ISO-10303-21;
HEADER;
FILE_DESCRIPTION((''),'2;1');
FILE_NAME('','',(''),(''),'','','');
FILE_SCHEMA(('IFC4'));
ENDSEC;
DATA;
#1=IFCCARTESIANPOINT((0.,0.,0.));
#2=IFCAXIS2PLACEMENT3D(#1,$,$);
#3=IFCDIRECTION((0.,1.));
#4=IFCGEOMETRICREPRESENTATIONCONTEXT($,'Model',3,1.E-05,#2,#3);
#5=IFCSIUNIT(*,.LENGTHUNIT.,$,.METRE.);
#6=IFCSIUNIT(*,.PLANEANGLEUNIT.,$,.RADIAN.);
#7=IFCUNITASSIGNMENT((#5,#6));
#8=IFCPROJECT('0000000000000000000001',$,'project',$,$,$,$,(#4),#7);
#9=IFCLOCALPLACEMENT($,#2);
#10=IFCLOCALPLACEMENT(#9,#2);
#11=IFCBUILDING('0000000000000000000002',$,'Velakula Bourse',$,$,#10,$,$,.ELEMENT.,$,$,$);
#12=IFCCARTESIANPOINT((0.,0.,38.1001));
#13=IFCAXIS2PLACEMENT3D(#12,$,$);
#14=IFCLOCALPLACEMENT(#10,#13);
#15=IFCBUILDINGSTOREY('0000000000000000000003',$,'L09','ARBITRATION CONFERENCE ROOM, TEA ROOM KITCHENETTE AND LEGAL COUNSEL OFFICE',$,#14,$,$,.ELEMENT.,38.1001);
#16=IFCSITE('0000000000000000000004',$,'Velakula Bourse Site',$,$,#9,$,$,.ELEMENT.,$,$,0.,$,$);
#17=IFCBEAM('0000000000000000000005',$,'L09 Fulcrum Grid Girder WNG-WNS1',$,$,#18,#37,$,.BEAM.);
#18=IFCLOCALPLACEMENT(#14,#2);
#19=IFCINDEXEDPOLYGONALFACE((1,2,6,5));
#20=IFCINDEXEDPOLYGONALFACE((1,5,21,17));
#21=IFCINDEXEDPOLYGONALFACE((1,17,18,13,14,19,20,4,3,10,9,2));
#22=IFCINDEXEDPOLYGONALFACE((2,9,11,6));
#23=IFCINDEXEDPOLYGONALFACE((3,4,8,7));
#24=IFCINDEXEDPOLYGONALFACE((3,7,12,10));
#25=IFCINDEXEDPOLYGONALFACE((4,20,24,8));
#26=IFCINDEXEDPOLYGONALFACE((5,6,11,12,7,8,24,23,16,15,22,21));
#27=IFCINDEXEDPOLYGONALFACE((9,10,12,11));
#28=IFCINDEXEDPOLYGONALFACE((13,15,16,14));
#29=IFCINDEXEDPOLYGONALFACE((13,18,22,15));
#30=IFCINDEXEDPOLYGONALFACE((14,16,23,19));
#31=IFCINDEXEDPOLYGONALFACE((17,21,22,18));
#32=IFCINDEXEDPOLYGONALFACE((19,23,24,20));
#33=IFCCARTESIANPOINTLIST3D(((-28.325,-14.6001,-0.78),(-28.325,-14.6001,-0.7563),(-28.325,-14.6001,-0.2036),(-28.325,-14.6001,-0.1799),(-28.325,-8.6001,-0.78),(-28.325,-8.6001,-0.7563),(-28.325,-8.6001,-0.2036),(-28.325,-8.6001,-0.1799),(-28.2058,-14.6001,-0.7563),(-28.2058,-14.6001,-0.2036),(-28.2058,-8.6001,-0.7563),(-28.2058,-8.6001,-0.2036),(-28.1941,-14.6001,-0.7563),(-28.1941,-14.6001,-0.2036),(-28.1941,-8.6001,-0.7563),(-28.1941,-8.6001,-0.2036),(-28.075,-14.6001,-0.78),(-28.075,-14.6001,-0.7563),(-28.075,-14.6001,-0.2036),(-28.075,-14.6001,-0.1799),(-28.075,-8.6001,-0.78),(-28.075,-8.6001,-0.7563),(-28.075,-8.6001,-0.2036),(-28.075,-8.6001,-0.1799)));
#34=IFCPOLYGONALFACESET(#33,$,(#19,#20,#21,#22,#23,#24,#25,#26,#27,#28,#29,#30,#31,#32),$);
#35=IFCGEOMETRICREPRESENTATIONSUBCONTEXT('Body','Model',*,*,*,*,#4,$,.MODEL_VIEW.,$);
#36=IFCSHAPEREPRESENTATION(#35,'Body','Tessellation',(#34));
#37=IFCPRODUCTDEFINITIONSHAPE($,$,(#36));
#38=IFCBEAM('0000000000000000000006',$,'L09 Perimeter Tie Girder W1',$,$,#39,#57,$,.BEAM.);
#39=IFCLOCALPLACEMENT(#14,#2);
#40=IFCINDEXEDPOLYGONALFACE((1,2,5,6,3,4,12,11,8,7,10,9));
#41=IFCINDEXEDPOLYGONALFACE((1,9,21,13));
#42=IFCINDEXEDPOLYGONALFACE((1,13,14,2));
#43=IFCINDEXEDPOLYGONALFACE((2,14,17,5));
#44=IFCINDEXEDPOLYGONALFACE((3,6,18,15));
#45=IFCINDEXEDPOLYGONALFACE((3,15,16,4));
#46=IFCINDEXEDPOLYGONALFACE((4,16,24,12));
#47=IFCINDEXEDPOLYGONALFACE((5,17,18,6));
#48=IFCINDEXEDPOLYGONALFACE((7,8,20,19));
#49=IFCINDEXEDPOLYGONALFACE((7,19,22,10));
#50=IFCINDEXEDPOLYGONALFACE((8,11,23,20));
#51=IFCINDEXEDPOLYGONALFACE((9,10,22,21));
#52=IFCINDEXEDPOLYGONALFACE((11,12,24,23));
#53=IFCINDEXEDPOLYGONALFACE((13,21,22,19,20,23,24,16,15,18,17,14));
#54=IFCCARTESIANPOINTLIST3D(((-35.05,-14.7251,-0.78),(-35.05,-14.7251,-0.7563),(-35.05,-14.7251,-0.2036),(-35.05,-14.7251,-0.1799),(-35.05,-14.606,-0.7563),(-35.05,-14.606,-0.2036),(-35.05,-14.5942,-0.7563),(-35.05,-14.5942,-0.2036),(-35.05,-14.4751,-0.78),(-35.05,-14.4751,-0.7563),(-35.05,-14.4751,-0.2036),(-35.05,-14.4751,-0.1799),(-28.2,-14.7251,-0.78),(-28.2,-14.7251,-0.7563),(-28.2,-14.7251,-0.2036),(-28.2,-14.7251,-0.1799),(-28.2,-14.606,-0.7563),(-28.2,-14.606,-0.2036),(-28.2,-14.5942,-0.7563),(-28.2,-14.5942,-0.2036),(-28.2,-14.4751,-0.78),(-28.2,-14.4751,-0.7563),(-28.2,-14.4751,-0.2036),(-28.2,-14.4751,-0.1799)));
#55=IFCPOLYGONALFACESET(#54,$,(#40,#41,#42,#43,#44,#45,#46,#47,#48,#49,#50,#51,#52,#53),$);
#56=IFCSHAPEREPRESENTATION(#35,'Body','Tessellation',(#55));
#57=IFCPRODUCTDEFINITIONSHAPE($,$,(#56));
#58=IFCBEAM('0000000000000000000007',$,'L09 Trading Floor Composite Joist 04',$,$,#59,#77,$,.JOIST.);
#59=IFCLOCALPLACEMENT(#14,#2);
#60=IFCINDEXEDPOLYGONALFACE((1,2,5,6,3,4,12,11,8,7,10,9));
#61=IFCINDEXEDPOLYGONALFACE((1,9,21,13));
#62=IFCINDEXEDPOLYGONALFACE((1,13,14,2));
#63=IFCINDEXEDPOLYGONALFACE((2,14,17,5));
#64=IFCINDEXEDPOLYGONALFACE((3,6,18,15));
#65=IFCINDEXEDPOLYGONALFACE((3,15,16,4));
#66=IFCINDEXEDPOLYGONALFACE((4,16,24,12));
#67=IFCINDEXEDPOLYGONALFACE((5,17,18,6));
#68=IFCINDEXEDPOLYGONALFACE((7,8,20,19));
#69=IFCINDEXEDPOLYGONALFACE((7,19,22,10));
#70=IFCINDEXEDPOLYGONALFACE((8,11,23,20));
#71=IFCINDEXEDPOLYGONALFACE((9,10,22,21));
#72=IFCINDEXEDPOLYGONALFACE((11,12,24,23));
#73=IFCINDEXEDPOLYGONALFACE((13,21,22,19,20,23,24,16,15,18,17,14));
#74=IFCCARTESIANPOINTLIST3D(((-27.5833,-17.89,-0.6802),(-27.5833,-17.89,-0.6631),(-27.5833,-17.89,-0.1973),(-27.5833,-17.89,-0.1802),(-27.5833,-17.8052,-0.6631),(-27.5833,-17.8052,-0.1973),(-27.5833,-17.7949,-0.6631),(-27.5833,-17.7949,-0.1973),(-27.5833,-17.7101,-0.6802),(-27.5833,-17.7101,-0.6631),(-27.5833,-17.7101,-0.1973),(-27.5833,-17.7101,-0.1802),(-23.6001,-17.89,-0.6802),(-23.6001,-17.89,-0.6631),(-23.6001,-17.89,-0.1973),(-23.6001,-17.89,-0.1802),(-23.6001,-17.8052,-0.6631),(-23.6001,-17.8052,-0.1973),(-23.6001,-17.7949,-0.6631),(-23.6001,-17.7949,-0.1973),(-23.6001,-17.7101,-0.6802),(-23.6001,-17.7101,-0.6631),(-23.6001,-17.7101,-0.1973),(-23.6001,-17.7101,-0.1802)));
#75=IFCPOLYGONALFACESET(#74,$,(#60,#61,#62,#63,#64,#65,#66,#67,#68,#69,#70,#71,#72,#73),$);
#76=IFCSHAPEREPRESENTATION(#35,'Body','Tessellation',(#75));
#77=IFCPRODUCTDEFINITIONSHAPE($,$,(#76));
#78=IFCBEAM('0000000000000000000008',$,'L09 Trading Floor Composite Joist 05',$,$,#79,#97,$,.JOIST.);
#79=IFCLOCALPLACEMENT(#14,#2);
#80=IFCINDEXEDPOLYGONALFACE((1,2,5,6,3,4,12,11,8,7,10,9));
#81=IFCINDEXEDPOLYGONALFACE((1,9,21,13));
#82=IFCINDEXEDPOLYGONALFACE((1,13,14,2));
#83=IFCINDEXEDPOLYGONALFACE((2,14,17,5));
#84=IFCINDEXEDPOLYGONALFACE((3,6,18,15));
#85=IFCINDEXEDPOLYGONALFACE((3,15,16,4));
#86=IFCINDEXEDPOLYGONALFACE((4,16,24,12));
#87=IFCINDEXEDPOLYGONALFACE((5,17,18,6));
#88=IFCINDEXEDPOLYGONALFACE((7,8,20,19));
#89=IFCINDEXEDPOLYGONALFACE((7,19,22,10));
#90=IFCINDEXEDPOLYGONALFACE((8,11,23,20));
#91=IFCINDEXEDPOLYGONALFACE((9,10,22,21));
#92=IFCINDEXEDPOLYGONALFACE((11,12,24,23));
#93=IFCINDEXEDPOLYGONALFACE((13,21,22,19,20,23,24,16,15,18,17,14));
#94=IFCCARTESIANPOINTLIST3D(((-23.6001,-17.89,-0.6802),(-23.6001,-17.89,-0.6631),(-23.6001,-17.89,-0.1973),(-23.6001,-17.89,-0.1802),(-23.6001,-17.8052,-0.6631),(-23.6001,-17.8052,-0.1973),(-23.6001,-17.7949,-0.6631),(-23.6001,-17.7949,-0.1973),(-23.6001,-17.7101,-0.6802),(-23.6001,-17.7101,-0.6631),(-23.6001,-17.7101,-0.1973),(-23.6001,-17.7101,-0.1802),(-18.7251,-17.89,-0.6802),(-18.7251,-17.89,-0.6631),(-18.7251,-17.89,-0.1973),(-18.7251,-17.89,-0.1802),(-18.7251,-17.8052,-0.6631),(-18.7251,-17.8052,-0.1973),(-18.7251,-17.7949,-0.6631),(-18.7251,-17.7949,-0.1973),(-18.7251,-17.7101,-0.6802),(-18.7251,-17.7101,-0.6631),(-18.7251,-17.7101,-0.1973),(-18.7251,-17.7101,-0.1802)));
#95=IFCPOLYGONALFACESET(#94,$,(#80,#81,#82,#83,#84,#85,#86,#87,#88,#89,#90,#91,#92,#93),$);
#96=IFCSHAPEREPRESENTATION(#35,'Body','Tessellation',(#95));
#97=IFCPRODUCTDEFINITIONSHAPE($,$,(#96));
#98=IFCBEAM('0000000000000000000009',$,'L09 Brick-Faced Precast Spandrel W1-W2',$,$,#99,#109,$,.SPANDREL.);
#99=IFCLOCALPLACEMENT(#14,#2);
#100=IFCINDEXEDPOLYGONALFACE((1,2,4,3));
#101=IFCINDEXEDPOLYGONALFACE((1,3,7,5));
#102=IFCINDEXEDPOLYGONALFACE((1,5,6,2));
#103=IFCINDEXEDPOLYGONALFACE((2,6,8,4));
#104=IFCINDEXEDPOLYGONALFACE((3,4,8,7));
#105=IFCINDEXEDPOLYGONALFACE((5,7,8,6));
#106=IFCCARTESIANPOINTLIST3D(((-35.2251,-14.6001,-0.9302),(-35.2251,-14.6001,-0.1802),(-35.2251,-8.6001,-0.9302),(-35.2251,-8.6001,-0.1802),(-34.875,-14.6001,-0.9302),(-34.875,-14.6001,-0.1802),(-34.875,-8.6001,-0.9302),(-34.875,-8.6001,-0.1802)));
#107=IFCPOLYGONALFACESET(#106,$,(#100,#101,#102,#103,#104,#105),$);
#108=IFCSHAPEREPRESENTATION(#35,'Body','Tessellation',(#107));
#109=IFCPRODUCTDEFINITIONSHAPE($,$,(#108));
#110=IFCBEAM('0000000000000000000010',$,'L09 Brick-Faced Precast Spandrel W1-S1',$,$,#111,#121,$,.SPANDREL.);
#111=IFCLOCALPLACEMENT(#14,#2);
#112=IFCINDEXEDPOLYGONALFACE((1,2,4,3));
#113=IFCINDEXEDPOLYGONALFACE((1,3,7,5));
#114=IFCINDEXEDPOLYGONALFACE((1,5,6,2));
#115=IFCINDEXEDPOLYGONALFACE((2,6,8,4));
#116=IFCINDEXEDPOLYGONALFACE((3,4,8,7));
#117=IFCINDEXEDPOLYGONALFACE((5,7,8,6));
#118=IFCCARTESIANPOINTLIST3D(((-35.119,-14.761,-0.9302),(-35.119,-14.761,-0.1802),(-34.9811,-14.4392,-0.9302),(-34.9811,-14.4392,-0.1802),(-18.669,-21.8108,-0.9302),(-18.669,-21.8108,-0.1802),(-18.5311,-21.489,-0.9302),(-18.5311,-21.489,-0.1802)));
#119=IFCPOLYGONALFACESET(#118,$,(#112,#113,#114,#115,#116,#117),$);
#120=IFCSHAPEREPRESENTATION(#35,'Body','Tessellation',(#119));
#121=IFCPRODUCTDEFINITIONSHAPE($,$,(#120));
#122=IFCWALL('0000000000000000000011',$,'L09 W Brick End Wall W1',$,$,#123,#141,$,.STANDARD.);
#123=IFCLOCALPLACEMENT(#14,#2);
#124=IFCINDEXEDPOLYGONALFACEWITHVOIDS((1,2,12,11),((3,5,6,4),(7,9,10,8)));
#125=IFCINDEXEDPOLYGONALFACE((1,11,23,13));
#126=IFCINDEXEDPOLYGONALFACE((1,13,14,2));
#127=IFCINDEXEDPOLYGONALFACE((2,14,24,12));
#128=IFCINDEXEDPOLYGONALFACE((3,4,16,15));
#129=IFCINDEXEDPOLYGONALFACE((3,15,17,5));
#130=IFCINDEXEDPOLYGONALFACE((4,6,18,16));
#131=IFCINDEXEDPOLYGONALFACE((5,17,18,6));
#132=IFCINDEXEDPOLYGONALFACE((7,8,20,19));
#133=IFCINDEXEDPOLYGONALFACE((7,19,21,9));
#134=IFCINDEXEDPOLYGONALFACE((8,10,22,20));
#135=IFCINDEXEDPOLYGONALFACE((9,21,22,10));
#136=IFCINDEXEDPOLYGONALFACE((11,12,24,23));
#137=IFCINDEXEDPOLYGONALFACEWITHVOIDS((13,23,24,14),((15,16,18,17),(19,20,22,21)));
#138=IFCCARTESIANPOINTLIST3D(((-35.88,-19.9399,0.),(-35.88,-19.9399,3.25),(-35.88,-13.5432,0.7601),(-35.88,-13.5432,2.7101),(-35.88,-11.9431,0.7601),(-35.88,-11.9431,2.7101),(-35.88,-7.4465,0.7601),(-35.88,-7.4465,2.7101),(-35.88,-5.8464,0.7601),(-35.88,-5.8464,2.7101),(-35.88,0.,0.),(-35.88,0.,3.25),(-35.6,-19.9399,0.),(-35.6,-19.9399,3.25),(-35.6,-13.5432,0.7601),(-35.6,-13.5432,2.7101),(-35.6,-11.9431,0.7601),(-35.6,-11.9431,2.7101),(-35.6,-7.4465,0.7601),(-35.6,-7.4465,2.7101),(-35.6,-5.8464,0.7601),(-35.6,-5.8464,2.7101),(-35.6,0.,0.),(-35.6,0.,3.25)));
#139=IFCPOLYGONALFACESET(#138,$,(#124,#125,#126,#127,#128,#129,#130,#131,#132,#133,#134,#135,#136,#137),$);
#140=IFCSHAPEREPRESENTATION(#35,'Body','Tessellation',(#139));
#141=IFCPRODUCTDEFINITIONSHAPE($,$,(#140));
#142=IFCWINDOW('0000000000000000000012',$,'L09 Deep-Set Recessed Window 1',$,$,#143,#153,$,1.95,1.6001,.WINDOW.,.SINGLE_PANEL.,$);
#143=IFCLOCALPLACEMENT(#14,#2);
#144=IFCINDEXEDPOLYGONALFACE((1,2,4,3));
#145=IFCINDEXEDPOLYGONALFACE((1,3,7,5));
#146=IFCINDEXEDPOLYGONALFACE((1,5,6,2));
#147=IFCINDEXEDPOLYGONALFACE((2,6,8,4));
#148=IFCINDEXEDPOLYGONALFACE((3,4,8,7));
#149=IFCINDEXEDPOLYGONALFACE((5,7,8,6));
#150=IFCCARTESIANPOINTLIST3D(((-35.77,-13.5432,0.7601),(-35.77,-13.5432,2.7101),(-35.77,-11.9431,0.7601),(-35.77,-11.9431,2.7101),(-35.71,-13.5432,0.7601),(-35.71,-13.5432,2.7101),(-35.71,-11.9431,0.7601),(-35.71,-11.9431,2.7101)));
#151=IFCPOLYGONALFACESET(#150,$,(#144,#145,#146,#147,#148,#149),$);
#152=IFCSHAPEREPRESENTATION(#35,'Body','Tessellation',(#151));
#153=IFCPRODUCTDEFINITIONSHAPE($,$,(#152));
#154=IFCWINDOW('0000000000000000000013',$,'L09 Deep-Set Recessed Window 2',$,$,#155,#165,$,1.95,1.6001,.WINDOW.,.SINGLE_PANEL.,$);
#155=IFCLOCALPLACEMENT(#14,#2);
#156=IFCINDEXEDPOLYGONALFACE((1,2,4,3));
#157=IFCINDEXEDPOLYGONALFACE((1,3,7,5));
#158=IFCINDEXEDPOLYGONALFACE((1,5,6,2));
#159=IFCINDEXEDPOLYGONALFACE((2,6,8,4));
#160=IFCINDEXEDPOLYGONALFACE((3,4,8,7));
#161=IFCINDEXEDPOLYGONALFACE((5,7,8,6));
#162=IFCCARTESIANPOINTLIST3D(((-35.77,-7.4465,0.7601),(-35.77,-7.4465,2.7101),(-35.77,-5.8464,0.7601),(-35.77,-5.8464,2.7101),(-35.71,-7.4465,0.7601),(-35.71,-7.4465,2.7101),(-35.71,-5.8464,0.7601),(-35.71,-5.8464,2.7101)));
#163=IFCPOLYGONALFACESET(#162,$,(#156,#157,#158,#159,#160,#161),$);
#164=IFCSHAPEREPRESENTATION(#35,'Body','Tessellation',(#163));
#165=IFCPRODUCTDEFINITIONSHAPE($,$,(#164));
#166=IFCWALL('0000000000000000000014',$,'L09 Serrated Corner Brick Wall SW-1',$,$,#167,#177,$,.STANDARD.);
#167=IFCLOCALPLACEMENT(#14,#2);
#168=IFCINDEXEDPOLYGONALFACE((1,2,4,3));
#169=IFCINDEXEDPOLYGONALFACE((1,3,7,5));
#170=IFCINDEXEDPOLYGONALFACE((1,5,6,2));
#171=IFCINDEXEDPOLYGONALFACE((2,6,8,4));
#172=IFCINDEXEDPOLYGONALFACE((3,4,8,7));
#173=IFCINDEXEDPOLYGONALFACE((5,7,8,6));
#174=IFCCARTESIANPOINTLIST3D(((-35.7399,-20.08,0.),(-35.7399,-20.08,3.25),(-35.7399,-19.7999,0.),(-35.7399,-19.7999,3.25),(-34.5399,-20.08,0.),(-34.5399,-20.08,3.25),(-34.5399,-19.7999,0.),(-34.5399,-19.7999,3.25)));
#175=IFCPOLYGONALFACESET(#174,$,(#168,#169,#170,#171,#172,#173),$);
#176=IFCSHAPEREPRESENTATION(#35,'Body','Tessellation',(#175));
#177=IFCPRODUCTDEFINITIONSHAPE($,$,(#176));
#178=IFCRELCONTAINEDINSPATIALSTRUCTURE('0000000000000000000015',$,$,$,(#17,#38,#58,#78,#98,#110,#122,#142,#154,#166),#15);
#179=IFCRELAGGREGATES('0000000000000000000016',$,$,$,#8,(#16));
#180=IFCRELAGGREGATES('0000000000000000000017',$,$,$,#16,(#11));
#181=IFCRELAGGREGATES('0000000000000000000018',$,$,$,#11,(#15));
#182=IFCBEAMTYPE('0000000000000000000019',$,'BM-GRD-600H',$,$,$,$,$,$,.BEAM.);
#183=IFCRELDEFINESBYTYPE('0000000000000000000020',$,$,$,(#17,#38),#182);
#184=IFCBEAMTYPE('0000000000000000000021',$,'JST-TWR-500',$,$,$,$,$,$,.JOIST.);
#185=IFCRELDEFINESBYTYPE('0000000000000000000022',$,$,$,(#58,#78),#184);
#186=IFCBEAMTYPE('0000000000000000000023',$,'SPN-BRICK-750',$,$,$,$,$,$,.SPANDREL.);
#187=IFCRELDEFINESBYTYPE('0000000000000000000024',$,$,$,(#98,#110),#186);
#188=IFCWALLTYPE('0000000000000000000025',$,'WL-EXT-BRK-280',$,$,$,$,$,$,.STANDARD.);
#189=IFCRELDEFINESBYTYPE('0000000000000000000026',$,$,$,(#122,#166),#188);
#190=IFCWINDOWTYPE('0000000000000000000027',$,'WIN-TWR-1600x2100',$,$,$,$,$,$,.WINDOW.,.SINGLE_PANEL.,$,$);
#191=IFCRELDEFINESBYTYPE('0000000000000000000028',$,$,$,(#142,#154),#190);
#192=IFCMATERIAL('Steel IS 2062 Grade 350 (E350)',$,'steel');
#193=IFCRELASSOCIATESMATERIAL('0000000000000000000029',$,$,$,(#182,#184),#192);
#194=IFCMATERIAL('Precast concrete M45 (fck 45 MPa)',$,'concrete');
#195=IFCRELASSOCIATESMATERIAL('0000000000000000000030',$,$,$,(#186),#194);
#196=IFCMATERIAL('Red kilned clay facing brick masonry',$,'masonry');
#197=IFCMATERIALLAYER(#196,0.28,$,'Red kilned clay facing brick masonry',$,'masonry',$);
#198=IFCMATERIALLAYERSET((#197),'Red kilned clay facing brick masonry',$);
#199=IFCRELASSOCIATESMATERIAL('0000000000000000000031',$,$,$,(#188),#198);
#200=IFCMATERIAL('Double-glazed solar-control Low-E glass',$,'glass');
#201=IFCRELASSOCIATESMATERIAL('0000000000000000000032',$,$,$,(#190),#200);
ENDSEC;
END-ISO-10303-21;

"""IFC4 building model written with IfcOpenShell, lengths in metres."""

from ifc_helpers import new_model, si_unit, direction, frame, frame_2d, origin, origin_2d, place, context, subcontext, project, spatial, rectangle, i_section, extrude, material, layer, layer_set, material_profile, profile_set, type_object, element, fill, save


model = new_model("IFC4")

# Units and contexts
model_context = context("Model", 3, precision=1e-05, world=origin(), true_north=direction((0.0, 1.0)))
body_context = subcontext(model_context, "Body", "Model", "MODEL_VIEW")
ifc_project = project(units=[si_unit("LENGTHUNIT", "METRE"), si_unit("PLANEANGLEUNIT", "RADIAN")], contexts=[model_context])

# Site, building, storey
site_placement = place(None, origin())
site = spatial("IfcSite", under=ifc_project, at=site_placement, Name="Velakula Bourse Site", CompositionType="ELEMENT", RefElevation=0.0)
building_placement = place(site_placement, origin())
building = spatial("IfcBuilding", under=site, at=building_placement, Name="Velakula Bourse", CompositionType="ELEMENT")
storey_placement = place(building_placement, frame((0.0, 0.0, 38.1001)))
storey = spatial("IfcBuildingStorey", under=building, at=storey_placement, Name="L09", Description="ARBITRATION CONFERENCE ROOM, TEA ROOM KITCHENETTE AND LEGAL COUNSEL OFFICE", CompositionType="ELEMENT", Elevation=38.1001)

# Shared definitions
ifc_material_1 = material(Name="Precast concrete M45 (fck 45 MPa)", Category="concrete")

# Beams
ifc_material_2 = material(Name="Steel IS 2062 Grade 350 (E350)", Category="steel")
ifc_material_profile_1 = material_profile(ifc_material_2, i_section(OverallWidth=0.25, OverallDepth=0.6001, WebThickness=0.0117, FlangeThickness=0.0237, at=origin_2d()), Name="Steel IS 2062 Grade 350 (E350)")
ifc_profile_set_1 = profile_set([ifc_material_profile_1], Name="Steel IS 2062 Grade 350 (E350)")
beam_type_1 = type_object("IfcBeamType", Name="BM-GRD-600H", PredefinedType="BEAM", material=ifc_profile_set_1)
beam_1_placement = place(storey_placement, frame((-28.2, -14.6001, -0.48), z_axis=(0.0, 1.0, 0.0), x_axis=(-1.0, 0.0, 0.0)))
element("IfcBeam", 1, at=beam_1_placement, inside=storey, type_object=beam_type_1, Name="L09 Fulcrum Grid Girder WNG-WNS1", PredefinedType="BEAM", context=body_context, shape_type="SweptSolid", body=[
    extrude(i_section(OverallWidth=0.25, OverallDepth=0.6001, WebThickness=0.0117, FlangeThickness=0.0237, at=origin_2d()), origin(), (0.0, 0.0, 1.0), 6.0),
])
beam_2_placement = place(storey_placement, frame((-28.2, -14.6001, -0.48), z_axis=(-1.0, 0.0, 0.0), x_axis=(0.0, -1.0, 0.0)))
element("IfcBeam", 2, at=beam_2_placement, inside=storey, type_object=beam_type_1, Name="L09 Perimeter Tie Girder W1", PredefinedType="BEAM", context=body_context, shape_type="SweptSolid", body=[
    extrude(i_section(OverallWidth=0.25, OverallDepth=0.6001, WebThickness=0.0117, FlangeThickness=0.0237, at=origin_2d()), origin(), (0.0, 0.0, 1.0), 6.8501),
])
ifc_material_profile_2 = material_profile(ifc_material_2, i_section(OverallWidth=0.1799, OverallDepth=0.5, WebThickness=0.0103, FlangeThickness=0.0171, at=origin_2d()), Name="Steel IS 2062 Grade 350 (E350)")
ifc_profile_set_2 = profile_set([ifc_material_profile_2], Name="Steel IS 2062 Grade 350 (E350)")
beam_type_2 = type_object("IfcBeamType", Name="JST-TWR-500", PredefinedType="JOIST", material=ifc_profile_set_2)
beam_3_placement = place(storey_placement, frame((-27.5833, -17.8, -0.4302), z_axis=(1.0, 0.0, 0.0), x_axis=(0.0, 1.0, 0.0)))
element("IfcBeam", 3, at=beam_3_placement, inside=storey, type_object=beam_type_2, Name="L09 Trading Floor Composite Joist 04", PredefinedType="JOIST", context=body_context, shape_type="SweptSolid", body=[
    extrude(i_section(OverallWidth=0.1799, OverallDepth=0.5, WebThickness=0.0103, FlangeThickness=0.0171, at=origin_2d()), origin(), (0.0, 0.0, 1.0), 3.9832),
])
beam_4_placement = place(storey_placement, frame((-23.6001, -17.8, -0.4302), z_axis=(1.0, 0.0, 0.0), x_axis=(0.0, 1.0, 0.0)))
element("IfcBeam", 4, at=beam_4_placement, inside=storey, type_object=beam_type_2, Name="L09 Trading Floor Composite Joist 05", PredefinedType="JOIST", context=body_context, shape_type="SweptSolid", body=[
    extrude(i_section(OverallWidth=0.1799, OverallDepth=0.5, WebThickness=0.0103, FlangeThickness=0.0171, at=origin_2d()), origin(), (0.0, 0.0, 1.0), 4.875),
])
ifc_material_profile_3 = material_profile(ifc_material_1, rectangle(XDim=0.3501, YDim=0.75, at=origin_2d()), Name="Precast concrete M45 (fck 45 MPa)")
ifc_profile_set_3 = profile_set([ifc_material_profile_3], Name="Precast concrete M45 (fck 45 MPa)")
beam_type_3 = type_object("IfcBeamType", Name="SPN-BRICK-750", PredefinedType="SPANDREL", material=ifc_profile_set_3)
beam_5_placement = place(storey_placement, frame((-35.05, -14.6001, -0.5552), z_axis=(0.0, 1.0, 0.0), x_axis=(-1.0, 0.0, 0.0)))
element("IfcBeam", 5, at=beam_5_placement, inside=storey, type_object=beam_type_3, Name="L09 Brick-Faced Precast Spandrel W1-W2", PredefinedType="SPANDREL", context=body_context, shape_type="SweptSolid", body=[
    extrude(rectangle(XDim=0.3501, YDim=0.75, at=origin_2d()), origin(), (0.0, 0.0, 1.0), 6.0),
])
beam_6_placement = place(storey_placement, frame((-35.05, -14.6001, -0.5552), z_axis=(0.919149, -0.393911, 0.0), x_axis=(0.393911, 0.919149, 0.0)))
element("IfcBeam", 6, at=beam_6_placement, inside=storey, type_object=beam_type_3, Name="L09 Brick-Faced Precast Spandrel W1-S1", PredefinedType="SPANDREL", context=body_context, shape_type="SweptSolid", body=[
    extrude(rectangle(XDim=0.3501, YDim=0.75, at=origin_2d()), origin(), (0.0, 0.0, 1.0), 17.897),
])

# Wall, openings, windows
ifc_material_3 = material(Name="Red kilned clay facing brick masonry", Category="masonry")
ifc_layer_1 = layer(ifc_material_3, 0.28, Name="Red kilned clay facing brick masonry", Category="masonry")
ifc_layer_set_1 = layer_set([ifc_layer_1], Name="Red kilned clay facing brick masonry")
wall_type_1 = type_object("IfcWallType", Name="WL-EXT-BRK-280", PredefinedType="STANDARD", material=ifc_layer_set_1)
wall_1_placement = place(storey_placement, frame((-35.74, -19.9399, 0.0), z_axis=(0.0, 0.0, 1.0), x_axis=(0.0, 1.0, 0.0)))
wall_1 = element("IfcWall", 7, at=wall_1_placement, inside=storey, type_object=wall_type_1, Name="L09 W Brick End Wall W1", PredefinedType="STANDARD", context=body_context, shape_type="SweptSolid", body=[
    extrude(rectangle(XDim=19.9399, YDim=0.28, at=frame_2d((9.97, 0.0))), origin(), (0.0, 0.0, 1.0), 3.25),
])
opening_1_placement = place(wall_1_placement, frame((6.3967, 0.0, 0.76)))
opening_1 = element("IfcOpeningElement", 8, at=opening_1_placement, cuts=wall_1, PredefinedType="OPENING", context=body_context, shape_type="SweptSolid", body=[
    extrude(rectangle(XDim=1.6001, YDim=1.95, at=frame_2d((0.8, 0.9751))), frame((0.0, 0.1499, 0.0), z_axis=(0.0, -1.0, 0.0), x_axis=(1.0, 0.0, 0.0)), (0.0, 0.0, 1.0), 0.3),
])
opening_2_placement = place(wall_1_placement, frame((12.4934, 0.0, 0.76)))
opening_2 = element("IfcOpeningElement", 9, at=opening_2_placement, cuts=wall_1, PredefinedType="OPENING", context=body_context, shape_type="SweptSolid", body=[
    extrude(rectangle(XDim=1.6001, YDim=1.95, at=frame_2d((0.8, 0.9751))), frame((0.0, 0.1499, 0.0), z_axis=(0.0, -1.0, 0.0), x_axis=(1.0, 0.0, 0.0)), (0.0, 0.0, 1.0), 0.3),
])
ifc_material_4 = material(Name="Double-glazed solar-control Low-E glass", Category="glass")
window_type = type_object("IfcWindowType", Name="WIN-TWR-1600x2100", PartitioningType="SINGLE_PANEL", PredefinedType="WINDOW", material=ifc_material_4)
window_1_placement = place(opening_1_placement, origin())
window_1 = element("IfcWindow", 10, at=window_1_placement, inside=storey, type_object=window_type, Name="L09 Deep-Set Recessed Window 1", OverallHeight=1.95, OverallWidth=1.6001, PartitioningType="SINGLE_PANEL", PredefinedType="WINDOW", context=body_context, shape_type="SweptSolid", body=[
    extrude(rectangle(XDim=1.6001, YDim=1.95, at=frame_2d((0.8, 0.9751))), frame((0.0, 0.03, 0.0), z_axis=(0.0, -1.0, 0.0), x_axis=(1.0, 0.0, 0.0)), (0.0, 0.0, 1.0), 0.0601),
])
fill(opening_1, window_1)
window_2_placement = place(opening_2_placement, origin())
window_2 = element("IfcWindow", 11, at=window_2_placement, inside=storey, type_object=window_type, Name="L09 Deep-Set Recessed Window 2", OverallHeight=1.95, OverallWidth=1.6001, PartitioningType="SINGLE_PANEL", PredefinedType="WINDOW", context=body_context, shape_type="SweptSolid", body=[
    extrude(rectangle(XDim=1.6001, YDim=1.95, at=frame_2d((0.8, 0.9751))), frame((0.0, 0.03, 0.0), z_axis=(0.0, -1.0, 0.0), x_axis=(1.0, 0.0, 0.0)), (0.0, 0.0, 1.0), 0.0601),
])
fill(opening_2, window_2)

# Wall
for number, where, z_axis, x_axis, name in (
    (12, (-35.74, -19.9399, 0.0), (0.0, 0.0, 1.0), (1.0, 0.0, 0.0), "L09 Serrated Corner Brick Wall SW-1"),
):
    element("IfcWall", number, at=place(storey_placement, frame(where, z_axis=z_axis, x_axis=x_axis)), inside=storey, type_object=wall_type_1, Name=name, PredefinedType="STANDARD", context=body_context, shape_type="SweptSolid", body=[
        extrude(rectangle(XDim=1.2, YDim=0.28, at=frame_2d((0.6001, 0.0))), origin(), (0.0, 0.0, 1.0), 3.25),
    ])

save(model, "model.ifc")
